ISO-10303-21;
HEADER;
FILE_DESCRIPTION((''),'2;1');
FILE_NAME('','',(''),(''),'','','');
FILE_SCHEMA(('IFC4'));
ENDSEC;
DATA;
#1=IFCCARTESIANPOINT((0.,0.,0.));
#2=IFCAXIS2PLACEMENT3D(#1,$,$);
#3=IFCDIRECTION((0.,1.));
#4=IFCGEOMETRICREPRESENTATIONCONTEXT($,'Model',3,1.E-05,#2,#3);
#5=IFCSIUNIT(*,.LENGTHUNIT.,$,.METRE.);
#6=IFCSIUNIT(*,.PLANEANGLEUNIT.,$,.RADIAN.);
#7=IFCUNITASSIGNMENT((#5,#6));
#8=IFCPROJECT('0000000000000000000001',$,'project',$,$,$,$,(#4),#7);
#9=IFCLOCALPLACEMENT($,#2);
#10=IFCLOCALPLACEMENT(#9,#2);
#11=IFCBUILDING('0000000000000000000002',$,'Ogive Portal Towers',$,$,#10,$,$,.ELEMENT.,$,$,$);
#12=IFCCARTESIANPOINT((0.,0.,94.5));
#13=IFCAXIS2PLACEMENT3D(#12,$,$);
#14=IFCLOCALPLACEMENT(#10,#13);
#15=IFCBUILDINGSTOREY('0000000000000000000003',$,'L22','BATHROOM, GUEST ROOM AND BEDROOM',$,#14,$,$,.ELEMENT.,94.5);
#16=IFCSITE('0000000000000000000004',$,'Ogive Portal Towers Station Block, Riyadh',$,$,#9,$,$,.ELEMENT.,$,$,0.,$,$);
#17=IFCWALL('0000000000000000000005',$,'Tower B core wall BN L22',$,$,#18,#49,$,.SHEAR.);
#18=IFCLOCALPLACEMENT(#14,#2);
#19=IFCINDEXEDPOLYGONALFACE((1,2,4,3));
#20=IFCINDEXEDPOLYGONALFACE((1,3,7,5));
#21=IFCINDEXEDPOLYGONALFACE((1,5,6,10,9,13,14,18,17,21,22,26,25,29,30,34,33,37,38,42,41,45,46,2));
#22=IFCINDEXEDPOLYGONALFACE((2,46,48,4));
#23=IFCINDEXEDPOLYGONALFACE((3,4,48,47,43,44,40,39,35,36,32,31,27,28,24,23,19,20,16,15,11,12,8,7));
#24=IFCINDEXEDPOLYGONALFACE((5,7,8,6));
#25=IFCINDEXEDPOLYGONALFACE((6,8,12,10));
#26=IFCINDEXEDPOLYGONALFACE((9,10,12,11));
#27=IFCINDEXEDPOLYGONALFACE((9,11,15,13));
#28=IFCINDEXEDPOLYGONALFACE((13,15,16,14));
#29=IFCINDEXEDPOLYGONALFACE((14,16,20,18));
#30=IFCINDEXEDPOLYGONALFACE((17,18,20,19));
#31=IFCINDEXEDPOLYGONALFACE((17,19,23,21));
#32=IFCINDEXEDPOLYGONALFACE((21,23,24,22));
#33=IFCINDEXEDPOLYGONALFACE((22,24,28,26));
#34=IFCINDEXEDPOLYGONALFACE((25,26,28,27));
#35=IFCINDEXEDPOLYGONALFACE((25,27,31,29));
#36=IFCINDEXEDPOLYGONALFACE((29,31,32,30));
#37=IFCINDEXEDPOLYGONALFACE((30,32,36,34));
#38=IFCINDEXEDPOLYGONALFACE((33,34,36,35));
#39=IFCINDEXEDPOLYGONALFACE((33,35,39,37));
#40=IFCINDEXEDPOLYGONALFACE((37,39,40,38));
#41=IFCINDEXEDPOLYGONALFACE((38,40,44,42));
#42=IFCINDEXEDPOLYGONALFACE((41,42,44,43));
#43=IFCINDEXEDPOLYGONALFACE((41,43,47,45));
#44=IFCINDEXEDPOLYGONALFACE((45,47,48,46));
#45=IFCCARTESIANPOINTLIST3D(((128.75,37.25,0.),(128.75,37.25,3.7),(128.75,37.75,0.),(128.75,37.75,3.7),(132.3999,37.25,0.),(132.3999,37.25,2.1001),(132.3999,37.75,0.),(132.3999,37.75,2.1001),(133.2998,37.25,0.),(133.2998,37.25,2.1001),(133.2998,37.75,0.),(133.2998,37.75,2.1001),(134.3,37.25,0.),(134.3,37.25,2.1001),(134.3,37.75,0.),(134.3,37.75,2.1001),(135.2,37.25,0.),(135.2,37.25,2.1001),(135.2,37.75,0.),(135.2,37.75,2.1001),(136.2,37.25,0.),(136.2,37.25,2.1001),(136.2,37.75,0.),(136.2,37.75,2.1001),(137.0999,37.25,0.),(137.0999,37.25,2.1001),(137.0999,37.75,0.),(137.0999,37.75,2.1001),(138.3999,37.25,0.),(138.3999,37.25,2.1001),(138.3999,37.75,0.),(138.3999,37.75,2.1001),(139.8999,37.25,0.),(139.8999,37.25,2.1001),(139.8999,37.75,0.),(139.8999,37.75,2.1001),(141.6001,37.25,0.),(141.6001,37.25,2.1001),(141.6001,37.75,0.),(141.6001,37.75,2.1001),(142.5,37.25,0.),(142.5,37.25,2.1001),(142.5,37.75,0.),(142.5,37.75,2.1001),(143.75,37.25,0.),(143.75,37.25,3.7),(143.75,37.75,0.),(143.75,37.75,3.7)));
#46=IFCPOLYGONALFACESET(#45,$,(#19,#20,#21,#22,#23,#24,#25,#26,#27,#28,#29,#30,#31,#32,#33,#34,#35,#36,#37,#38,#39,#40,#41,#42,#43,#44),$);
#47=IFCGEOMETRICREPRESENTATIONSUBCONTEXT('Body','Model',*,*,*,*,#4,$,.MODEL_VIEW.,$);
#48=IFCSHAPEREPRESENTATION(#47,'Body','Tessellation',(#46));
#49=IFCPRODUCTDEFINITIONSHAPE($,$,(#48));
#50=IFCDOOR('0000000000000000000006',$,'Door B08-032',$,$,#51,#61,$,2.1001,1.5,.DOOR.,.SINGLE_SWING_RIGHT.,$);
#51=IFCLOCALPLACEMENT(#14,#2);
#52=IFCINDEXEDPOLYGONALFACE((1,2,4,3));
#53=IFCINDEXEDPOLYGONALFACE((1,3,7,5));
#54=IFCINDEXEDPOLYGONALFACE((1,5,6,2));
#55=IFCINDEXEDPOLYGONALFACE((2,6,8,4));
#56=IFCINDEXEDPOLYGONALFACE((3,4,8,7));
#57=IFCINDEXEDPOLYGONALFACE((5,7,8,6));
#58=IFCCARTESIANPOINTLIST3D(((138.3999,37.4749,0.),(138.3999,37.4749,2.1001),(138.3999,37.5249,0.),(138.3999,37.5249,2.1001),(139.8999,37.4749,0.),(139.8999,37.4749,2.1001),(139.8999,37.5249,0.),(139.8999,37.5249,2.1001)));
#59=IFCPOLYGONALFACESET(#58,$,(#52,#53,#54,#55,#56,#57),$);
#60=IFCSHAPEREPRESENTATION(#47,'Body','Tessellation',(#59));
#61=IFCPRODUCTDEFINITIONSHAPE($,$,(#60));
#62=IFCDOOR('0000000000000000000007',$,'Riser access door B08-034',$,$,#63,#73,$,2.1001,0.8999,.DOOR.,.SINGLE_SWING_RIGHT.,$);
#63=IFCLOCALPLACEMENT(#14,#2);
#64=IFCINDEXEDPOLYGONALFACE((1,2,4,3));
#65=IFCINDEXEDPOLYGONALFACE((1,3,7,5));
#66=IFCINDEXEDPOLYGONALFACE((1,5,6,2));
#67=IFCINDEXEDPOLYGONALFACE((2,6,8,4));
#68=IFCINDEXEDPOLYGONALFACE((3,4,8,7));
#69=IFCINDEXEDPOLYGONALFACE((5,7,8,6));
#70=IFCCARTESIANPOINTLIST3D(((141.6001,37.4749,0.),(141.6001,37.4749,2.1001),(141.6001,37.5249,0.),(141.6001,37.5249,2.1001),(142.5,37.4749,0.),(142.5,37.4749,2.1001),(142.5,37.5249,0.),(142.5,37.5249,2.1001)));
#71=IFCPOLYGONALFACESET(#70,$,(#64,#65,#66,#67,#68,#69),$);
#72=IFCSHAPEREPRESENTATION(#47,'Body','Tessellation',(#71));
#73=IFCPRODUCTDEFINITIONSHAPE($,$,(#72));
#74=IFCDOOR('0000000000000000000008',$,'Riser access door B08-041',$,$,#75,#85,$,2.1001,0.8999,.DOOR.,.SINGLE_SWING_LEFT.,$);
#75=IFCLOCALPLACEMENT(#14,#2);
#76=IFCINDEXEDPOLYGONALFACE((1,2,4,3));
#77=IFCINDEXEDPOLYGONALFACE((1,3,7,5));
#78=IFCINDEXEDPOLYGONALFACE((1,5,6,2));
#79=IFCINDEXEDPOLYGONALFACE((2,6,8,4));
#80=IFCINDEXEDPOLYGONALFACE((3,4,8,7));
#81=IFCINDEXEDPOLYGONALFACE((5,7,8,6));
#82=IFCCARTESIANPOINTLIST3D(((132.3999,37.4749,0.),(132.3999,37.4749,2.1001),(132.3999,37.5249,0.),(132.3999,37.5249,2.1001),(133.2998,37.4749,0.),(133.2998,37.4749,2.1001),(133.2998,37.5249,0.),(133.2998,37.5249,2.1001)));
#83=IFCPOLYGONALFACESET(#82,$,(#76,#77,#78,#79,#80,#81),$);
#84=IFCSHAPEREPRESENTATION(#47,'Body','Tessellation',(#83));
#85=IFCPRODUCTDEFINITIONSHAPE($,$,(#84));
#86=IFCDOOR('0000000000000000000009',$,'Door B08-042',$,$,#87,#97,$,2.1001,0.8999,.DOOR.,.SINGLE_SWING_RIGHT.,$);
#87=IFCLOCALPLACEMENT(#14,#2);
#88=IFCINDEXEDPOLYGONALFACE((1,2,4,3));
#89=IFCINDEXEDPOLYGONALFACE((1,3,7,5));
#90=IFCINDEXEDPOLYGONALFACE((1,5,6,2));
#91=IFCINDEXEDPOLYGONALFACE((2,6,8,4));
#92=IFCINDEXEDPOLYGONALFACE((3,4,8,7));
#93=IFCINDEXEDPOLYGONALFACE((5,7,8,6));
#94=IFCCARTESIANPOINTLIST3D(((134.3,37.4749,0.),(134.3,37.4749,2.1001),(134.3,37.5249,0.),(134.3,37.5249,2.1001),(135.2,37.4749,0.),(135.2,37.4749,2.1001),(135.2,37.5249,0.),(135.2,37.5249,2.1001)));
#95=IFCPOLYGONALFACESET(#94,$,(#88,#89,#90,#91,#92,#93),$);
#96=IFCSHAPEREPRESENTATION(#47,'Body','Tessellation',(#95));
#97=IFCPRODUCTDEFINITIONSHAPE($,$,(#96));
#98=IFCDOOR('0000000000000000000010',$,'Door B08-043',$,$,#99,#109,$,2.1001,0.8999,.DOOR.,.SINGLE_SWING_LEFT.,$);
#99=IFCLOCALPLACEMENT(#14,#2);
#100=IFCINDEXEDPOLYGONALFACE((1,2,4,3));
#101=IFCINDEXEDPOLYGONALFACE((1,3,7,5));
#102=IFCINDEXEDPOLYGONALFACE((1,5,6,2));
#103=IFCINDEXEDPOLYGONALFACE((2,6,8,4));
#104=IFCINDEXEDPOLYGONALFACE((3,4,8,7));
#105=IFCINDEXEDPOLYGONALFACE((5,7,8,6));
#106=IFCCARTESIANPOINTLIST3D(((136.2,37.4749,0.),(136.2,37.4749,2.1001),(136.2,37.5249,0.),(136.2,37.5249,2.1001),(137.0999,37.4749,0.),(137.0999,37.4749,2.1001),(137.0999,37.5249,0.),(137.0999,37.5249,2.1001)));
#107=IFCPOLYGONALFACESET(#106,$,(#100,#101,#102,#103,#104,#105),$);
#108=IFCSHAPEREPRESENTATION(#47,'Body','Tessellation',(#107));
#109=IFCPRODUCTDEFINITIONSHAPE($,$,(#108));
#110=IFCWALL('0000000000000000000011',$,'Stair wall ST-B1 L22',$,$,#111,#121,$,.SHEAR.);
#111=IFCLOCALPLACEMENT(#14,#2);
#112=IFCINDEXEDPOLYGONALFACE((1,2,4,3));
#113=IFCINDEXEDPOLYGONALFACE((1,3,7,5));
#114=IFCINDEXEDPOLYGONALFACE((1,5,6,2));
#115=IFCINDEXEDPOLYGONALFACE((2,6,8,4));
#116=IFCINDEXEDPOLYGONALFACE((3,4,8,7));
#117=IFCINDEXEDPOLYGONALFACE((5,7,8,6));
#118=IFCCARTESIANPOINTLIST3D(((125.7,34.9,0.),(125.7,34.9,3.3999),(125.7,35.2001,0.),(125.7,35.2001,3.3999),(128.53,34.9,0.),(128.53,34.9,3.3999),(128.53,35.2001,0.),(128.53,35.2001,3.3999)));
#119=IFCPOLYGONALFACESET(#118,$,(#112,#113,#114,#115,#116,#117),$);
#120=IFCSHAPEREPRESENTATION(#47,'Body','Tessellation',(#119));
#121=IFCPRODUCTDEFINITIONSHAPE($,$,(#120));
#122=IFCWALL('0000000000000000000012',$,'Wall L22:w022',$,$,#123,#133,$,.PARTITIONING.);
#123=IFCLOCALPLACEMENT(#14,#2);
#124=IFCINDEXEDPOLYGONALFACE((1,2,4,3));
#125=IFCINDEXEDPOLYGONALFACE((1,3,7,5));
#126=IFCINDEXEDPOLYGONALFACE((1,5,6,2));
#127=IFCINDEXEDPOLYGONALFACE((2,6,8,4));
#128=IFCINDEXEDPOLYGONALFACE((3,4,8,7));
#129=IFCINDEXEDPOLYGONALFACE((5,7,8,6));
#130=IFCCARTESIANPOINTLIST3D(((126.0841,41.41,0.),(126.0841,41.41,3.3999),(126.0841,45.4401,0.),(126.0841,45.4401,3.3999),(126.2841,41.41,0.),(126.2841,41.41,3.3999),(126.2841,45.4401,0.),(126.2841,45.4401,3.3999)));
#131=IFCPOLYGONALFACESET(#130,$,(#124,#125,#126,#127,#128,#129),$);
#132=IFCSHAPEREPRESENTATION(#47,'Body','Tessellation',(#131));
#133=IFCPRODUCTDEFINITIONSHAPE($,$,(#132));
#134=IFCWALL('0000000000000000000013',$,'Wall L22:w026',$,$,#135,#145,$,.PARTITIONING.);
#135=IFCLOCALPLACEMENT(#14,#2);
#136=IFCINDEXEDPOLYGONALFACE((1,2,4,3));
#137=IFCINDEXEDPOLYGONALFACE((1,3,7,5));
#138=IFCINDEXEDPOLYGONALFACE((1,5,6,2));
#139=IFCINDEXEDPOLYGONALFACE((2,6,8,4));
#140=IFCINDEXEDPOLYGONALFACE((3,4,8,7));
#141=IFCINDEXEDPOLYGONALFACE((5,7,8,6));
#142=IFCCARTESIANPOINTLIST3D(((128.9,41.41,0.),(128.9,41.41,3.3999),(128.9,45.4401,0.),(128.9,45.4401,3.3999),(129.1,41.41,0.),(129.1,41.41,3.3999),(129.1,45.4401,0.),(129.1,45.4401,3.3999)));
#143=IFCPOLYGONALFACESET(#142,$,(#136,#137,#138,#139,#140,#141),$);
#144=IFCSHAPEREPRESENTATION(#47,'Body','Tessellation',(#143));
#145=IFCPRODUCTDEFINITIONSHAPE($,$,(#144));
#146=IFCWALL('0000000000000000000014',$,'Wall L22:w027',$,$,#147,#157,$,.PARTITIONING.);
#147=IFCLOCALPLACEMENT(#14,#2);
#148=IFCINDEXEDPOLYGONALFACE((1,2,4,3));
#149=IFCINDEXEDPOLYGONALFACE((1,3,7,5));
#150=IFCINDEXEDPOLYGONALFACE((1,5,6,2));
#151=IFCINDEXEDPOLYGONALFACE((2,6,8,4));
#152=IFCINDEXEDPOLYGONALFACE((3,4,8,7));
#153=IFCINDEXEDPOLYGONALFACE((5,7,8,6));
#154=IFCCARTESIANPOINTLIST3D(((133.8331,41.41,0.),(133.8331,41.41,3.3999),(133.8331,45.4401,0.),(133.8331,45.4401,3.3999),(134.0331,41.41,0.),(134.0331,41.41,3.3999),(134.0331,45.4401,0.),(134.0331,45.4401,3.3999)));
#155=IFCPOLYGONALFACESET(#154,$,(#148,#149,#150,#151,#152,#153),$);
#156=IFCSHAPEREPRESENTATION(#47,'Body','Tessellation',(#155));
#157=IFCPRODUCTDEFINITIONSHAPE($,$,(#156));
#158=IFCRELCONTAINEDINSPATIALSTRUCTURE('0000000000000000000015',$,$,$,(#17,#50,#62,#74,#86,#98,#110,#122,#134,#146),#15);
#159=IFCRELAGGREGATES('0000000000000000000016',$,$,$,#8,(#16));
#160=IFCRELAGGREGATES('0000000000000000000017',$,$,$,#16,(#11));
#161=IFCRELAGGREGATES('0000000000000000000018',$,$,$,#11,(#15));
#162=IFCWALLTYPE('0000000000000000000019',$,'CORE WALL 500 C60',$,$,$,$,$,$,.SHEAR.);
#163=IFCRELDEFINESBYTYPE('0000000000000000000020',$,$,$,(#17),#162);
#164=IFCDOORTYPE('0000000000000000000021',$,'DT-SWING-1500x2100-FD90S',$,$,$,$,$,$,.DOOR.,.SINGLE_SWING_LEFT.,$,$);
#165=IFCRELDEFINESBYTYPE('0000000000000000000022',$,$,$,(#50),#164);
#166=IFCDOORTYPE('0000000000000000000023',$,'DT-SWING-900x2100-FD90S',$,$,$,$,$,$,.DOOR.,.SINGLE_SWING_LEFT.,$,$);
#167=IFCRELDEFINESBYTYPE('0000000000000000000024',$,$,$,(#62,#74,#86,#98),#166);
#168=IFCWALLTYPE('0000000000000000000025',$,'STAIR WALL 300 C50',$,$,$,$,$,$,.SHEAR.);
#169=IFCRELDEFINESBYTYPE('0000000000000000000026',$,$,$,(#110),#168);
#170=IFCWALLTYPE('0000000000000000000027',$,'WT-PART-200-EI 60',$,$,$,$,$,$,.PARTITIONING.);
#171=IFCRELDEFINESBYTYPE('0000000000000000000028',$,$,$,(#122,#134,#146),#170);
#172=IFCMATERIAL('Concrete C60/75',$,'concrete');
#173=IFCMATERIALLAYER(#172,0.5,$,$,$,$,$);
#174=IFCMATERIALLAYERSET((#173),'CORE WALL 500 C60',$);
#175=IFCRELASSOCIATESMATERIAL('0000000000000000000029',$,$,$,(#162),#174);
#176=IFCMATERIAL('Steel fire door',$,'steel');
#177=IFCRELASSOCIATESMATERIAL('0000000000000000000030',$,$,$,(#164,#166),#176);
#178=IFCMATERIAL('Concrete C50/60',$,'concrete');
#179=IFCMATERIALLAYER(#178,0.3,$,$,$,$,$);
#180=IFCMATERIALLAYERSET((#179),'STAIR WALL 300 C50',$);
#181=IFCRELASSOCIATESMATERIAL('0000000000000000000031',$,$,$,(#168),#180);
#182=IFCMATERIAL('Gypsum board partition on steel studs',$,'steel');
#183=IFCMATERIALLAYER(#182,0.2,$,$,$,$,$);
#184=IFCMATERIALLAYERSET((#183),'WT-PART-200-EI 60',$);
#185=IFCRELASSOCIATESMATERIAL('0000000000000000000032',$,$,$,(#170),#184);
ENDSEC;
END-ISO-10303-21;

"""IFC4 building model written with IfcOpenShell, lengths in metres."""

from ifc_helpers import new_model, si_unit, direction, frame, frame_2d, origin, place, context, subcontext, project, spatial, rectangle, extrude, material, layer, layer_set, type_object, element, fill, save


model = new_model("IFC4")

# Units and contexts
model_context = context("Model", 3, precision=1e-05, world=origin(), true_north=direction((0.0, 1.0)))
body_context = subcontext(model_context, "Body", "Model", "MODEL_VIEW")
ifc_project = project(units=[si_unit("LENGTHUNIT", "METRE"), si_unit("PLANEANGLEUNIT", "RADIAN")], contexts=[model_context])

# Site, building, storey
site_placement = place(None, origin())
site = spatial("IfcSite", under=ifc_project, at=site_placement, Name="Ogive Portal Towers Station Block, Riyadh", CompositionType="ELEMENT", RefElevation=0.0)
building_placement = place(site_placement, origin())
building = spatial("IfcBuilding", under=site, at=building_placement, Name="Ogive Portal Towers", CompositionType="ELEMENT")
storey_placement = place(building_placement, frame((0.0, 0.0, 94.5)))
storey = spatial("IfcBuildingStorey", under=building, at=storey_placement, Name="L22", Description="BATHROOM, GUEST ROOM AND BEDROOM", CompositionType="ELEMENT", Elevation=94.5)

# Shared definitions
ifc_material_1 = material(Name="Concrete C50/60", Category="concrete")

# Wall, openings, doors
ifc_material_2 = material(Name="Concrete C60/75", Category="concrete")
ifc_layer_1 = layer(ifc_material_2, 0.5)
ifc_layer_set_1 = layer_set([ifc_layer_1], Name="CORE WALL 500 C60")
wall_type_1 = type_object("IfcWallType", Name="CORE WALL 500 C60", PredefinedType="SHEAR", material=ifc_layer_set_1)
wall_1_placement = place(storey_placement, frame((128.75, 37.5, 0.0), z_axis=(0.0, 0.0, 1.0), x_axis=(1.0, 0.0, 0.0)))
wall_1 = element("IfcWall", 1, at=wall_1_placement, inside=storey, type_object=wall_type_1, Name="Tower B core wall BN L22", PredefinedType="SHEAR", context=body_context, shape_type="SweptSolid", body=[
    extrude(rectangle(XDim=15.0, YDim=0.5, at=frame_2d((7.5, 0.0))), origin(), (0.0, 0.0, 1.0), 3.7),
])
opening_1_placement = place(wall_1_placement, frame((9.6499, 0.0, 0.0)))
opening_1 = element("IfcOpeningElement", 2, at=opening_1_placement, cuts=wall_1, PredefinedType="OPENING", context=body_context, shape_type="SweptSolid", body=[
    extrude(rectangle(XDim=1.5, YDim=2.1001, at=frame_2d((0.75, 1.05))), frame((0.0, 0.26, 0.0), z_axis=(0.0, -1.0, 0.0), x_axis=(1.0, 0.0, 0.0)), (0.0, 0.0, 1.0), 0.52),
])
opening_2_placement = place(wall_1_placement, frame((12.8501, 0.0, 0.0)))
opening_2 = element("IfcOpeningElement", 3, at=opening_2_placement, cuts=wall_1, PredefinedType="OPENING", context=body_context, shape_type="SweptSolid", body=[
    extrude(rectangle(XDim=0.8999, YDim=2.1001, at=frame_2d((0.45, 1.05))), frame((0.0, 0.26, 0.0), z_axis=(0.0, -1.0, 0.0), x_axis=(1.0, 0.0, 0.0)), (0.0, 0.0, 1.0), 0.52),
])
opening_3_placement = place(wall_1_placement, frame((3.6499, 0.0, 0.0)))
opening_3 = element("IfcOpeningElement", 4, at=opening_3_placement, cuts=wall_1, PredefinedType="OPENING", context=body_context, shape_type="SweptSolid", body=[
    extrude(rectangle(XDim=0.8999, YDim=2.1001, at=frame_2d((0.45, 1.05))), frame((0.0, 0.26, 0.0), z_axis=(0.0, -1.0, 0.0), x_axis=(1.0, 0.0, 0.0)), (0.0, 0.0, 1.0), 0.52),
])
opening_4_placement = place(wall_1_placement, frame((5.55, 0.0, 0.0)))
opening_4 = element("IfcOpeningElement", 5, at=opening_4_placement, cuts=wall_1, PredefinedType="OPENING", context=body_context, shape_type="SweptSolid", body=[
    extrude(rectangle(XDim=0.8999, YDim=2.1001, at=frame_2d((0.45, 1.05))), frame((0.0, 0.26, 0.0), z_axis=(0.0, -1.0, 0.0), x_axis=(1.0, 0.0, 0.0)), (0.0, 0.0, 1.0), 0.52),
])
opening_5_placement = place(wall_1_placement, frame((7.45, 0.0, 0.0)))
opening_5 = element("IfcOpeningElement", 6, at=opening_5_placement, cuts=wall_1, PredefinedType="OPENING", context=body_context, shape_type="SweptSolid", body=[
    extrude(rectangle(XDim=0.8999, YDim=2.1001, at=frame_2d((0.45, 1.05))), frame((0.0, 0.26, 0.0), z_axis=(0.0, -1.0, 0.0), x_axis=(1.0, 0.0, 0.0)), (0.0, 0.0, 1.0), 0.52),
])
ifc_material_3 = material(Name="Steel fire door", Category="steel")
door_type_1 = type_object("IfcDoorType", Name="DT-SWING-1500x2100-FD90S", OperationType="SINGLE_SWING_LEFT", PredefinedType="DOOR", material=ifc_material_3)
door_1_placement = place(opening_1_placement, origin())
door_1 = element("IfcDoor", 7, at=door_1_placement, inside=storey, type_object=door_type_1, Name="Door B08-032", OperationType="SINGLE_SWING_RIGHT", OverallHeight=2.1001, OverallWidth=1.5, PredefinedType="DOOR", context=body_context, shape_type="SweptSolid", body=[
    extrude(rectangle(XDim=1.5, YDim=2.1001, at=frame_2d((0.75, 1.05))), frame((0.0, 0.0249, 0.0), z_axis=(0.0, -1.0, 0.0), x_axis=(1.0, 0.0, 0.0)), (0.0, 0.0, 1.0), 0.05),
])
fill(opening_1, door_1)
door_type_2 = type_object("IfcDoorType", Name="DT-SWING-900x2100-FD90S", OperationType="SINGLE_SWING_LEFT", PredefinedType="DOOR", material=ifc_material_3)
door_2_placement = place(opening_2_placement, origin())
door_2 = element("IfcDoor", 8, at=door_2_placement, inside=storey, type_object=door_type_2, Name="Riser access door B08-034", OperationType="SINGLE_SWING_RIGHT", OverallHeight=2.1001, OverallWidth=0.8999, PredefinedType="DOOR", context=body_context, shape_type="SweptSolid", body=[
    extrude(rectangle(XDim=0.8999, YDim=2.1001, at=frame_2d((0.45, 1.05))), frame((0.0, 0.0249, 0.0), z_axis=(0.0, -1.0, 0.0), x_axis=(1.0, 0.0, 0.0)), (0.0, 0.0, 1.0), 0.05),
])
fill(opening_2, door_2)
door_3_placement = place(opening_3_placement, origin())
door_3 = element("IfcDoor", 9, at=door_3_placement, inside=storey, type_object=door_type_2, Name="Riser access door B08-041", OperationType="SINGLE_SWING_LEFT", OverallHeight=2.1001, OverallWidth=0.8999, PredefinedType="DOOR", context=body_context, shape_type="SweptSolid", body=[
    extrude(rectangle(XDim=0.8999, YDim=2.1001, at=frame_2d((0.45, 1.05))), frame((0.0, 0.0249, 0.0), z_axis=(0.0, -1.0, 0.0), x_axis=(1.0, 0.0, 0.0)), (0.0, 0.0, 1.0), 0.05),
])
fill(opening_3, door_3)
door_4_placement = place(opening_4_placement, origin())
door_4 = element("IfcDoor", 10, at=door_4_placement, inside=storey, type_object=door_type_2, Name="Door B08-042", OperationType="SINGLE_SWING_RIGHT", OverallHeight=2.1001, OverallWidth=0.8999, PredefinedType="DOOR", context=body_context, shape_type="SweptSolid", body=[
    extrude(rectangle(XDim=0.8999, YDim=2.1001, at=frame_2d((0.45, 1.05))), frame((0.0, 0.0249, 0.0), z_axis=(0.0, -1.0, 0.0), x_axis=(1.0, 0.0, 0.0)), (0.0, 0.0, 1.0), 0.05),
])
fill(opening_4, door_4)
door_5_placement = place(opening_5_placement, origin())
door_5 = element("IfcDoor", 11, at=door_5_placement, inside=storey, type_object=door_type_2, Name="Door B08-043", OperationType="SINGLE_SWING_LEFT", OverallHeight=2.1001, OverallWidth=0.8999, PredefinedType="DOOR", context=body_context, shape_type="SweptSolid", body=[
    extrude(rectangle(XDim=0.8999, YDim=2.1001, at=frame_2d((0.45, 1.05))), frame((0.0, 0.0249, 0.0), z_axis=(0.0, -1.0, 0.0), x_axis=(1.0, 0.0, 0.0)), (0.0, 0.0, 1.0), 0.05),
])
fill(opening_5, door_5)

# Walls
ifc_layer_2 = layer(ifc_material_1, 0.3)
ifc_layer_set_2 = layer_set([ifc_layer_2], Name="STAIR WALL 300 C50")
wall_type_2 = type_object("IfcWallType", Name="STAIR WALL 300 C50", PredefinedType="SHEAR", material=ifc_layer_set_2)
wall_2_placement = place(storey_placement, frame((125.7, 35.05, 0.0), z_axis=(0.0, 0.0, 1.0), x_axis=(1.0, 0.0, 0.0)))
element("IfcWall", 12, at=wall_2_placement, inside=storey, type_object=wall_type_2, Name="Stair wall ST-B1 L22", PredefinedType="SHEAR", context=body_context, shape_type="SweptSolid", body=[
    extrude(rectangle(XDim=2.8301, YDim=0.3, at=frame_2d((1.415, 0.0))), origin(), (0.0, 0.0, 1.0), 3.3999),
])
ifc_material_4 = material(Name="Gypsum board partition on steel studs", Category="steel")
ifc_layer_3 = layer(ifc_material_4, 0.2)
ifc_layer_set_3 = layer_set([ifc_layer_3], Name="WT-PART-200-EI 60")
wall_type_3 = type_object("IfcWallType", Name="WT-PART-200-EI 60", PredefinedType="PARTITIONING", material=ifc_layer_set_3)
for number, where, z_axis, x_axis, name in (
    (13, (126.1841, 41.4099, 0.0), (0.0, 0.0, 1.0), (0.0, 1.0, 0.0), "Wall L22:w022"),
    (14, (129.0, 41.4099, 0.0), (0.0, 0.0, 1.0), (0.0, 1.0, 0.0), "Wall L22:w026"),
    (15, (133.9331, 41.4099, 0.0), (0.0, 0.0, 1.0), (0.0, 1.0, 0.0), "Wall L22:w027"),
):
    element("IfcWall", number, at=place(storey_placement, frame(where, z_axis=z_axis, x_axis=x_axis)), inside=storey, type_object=wall_type_3, Name=name, PredefinedType="PARTITIONING", context=body_context, shape_type="SweptSolid", body=[
        extrude(rectangle(XDim=4.03, YDim=0.2, at=frame_2d((2.0151, 0.0))), origin(), (0.0, 0.0, 1.0), 3.3999),
    ])

save(model, "model.ifc")
